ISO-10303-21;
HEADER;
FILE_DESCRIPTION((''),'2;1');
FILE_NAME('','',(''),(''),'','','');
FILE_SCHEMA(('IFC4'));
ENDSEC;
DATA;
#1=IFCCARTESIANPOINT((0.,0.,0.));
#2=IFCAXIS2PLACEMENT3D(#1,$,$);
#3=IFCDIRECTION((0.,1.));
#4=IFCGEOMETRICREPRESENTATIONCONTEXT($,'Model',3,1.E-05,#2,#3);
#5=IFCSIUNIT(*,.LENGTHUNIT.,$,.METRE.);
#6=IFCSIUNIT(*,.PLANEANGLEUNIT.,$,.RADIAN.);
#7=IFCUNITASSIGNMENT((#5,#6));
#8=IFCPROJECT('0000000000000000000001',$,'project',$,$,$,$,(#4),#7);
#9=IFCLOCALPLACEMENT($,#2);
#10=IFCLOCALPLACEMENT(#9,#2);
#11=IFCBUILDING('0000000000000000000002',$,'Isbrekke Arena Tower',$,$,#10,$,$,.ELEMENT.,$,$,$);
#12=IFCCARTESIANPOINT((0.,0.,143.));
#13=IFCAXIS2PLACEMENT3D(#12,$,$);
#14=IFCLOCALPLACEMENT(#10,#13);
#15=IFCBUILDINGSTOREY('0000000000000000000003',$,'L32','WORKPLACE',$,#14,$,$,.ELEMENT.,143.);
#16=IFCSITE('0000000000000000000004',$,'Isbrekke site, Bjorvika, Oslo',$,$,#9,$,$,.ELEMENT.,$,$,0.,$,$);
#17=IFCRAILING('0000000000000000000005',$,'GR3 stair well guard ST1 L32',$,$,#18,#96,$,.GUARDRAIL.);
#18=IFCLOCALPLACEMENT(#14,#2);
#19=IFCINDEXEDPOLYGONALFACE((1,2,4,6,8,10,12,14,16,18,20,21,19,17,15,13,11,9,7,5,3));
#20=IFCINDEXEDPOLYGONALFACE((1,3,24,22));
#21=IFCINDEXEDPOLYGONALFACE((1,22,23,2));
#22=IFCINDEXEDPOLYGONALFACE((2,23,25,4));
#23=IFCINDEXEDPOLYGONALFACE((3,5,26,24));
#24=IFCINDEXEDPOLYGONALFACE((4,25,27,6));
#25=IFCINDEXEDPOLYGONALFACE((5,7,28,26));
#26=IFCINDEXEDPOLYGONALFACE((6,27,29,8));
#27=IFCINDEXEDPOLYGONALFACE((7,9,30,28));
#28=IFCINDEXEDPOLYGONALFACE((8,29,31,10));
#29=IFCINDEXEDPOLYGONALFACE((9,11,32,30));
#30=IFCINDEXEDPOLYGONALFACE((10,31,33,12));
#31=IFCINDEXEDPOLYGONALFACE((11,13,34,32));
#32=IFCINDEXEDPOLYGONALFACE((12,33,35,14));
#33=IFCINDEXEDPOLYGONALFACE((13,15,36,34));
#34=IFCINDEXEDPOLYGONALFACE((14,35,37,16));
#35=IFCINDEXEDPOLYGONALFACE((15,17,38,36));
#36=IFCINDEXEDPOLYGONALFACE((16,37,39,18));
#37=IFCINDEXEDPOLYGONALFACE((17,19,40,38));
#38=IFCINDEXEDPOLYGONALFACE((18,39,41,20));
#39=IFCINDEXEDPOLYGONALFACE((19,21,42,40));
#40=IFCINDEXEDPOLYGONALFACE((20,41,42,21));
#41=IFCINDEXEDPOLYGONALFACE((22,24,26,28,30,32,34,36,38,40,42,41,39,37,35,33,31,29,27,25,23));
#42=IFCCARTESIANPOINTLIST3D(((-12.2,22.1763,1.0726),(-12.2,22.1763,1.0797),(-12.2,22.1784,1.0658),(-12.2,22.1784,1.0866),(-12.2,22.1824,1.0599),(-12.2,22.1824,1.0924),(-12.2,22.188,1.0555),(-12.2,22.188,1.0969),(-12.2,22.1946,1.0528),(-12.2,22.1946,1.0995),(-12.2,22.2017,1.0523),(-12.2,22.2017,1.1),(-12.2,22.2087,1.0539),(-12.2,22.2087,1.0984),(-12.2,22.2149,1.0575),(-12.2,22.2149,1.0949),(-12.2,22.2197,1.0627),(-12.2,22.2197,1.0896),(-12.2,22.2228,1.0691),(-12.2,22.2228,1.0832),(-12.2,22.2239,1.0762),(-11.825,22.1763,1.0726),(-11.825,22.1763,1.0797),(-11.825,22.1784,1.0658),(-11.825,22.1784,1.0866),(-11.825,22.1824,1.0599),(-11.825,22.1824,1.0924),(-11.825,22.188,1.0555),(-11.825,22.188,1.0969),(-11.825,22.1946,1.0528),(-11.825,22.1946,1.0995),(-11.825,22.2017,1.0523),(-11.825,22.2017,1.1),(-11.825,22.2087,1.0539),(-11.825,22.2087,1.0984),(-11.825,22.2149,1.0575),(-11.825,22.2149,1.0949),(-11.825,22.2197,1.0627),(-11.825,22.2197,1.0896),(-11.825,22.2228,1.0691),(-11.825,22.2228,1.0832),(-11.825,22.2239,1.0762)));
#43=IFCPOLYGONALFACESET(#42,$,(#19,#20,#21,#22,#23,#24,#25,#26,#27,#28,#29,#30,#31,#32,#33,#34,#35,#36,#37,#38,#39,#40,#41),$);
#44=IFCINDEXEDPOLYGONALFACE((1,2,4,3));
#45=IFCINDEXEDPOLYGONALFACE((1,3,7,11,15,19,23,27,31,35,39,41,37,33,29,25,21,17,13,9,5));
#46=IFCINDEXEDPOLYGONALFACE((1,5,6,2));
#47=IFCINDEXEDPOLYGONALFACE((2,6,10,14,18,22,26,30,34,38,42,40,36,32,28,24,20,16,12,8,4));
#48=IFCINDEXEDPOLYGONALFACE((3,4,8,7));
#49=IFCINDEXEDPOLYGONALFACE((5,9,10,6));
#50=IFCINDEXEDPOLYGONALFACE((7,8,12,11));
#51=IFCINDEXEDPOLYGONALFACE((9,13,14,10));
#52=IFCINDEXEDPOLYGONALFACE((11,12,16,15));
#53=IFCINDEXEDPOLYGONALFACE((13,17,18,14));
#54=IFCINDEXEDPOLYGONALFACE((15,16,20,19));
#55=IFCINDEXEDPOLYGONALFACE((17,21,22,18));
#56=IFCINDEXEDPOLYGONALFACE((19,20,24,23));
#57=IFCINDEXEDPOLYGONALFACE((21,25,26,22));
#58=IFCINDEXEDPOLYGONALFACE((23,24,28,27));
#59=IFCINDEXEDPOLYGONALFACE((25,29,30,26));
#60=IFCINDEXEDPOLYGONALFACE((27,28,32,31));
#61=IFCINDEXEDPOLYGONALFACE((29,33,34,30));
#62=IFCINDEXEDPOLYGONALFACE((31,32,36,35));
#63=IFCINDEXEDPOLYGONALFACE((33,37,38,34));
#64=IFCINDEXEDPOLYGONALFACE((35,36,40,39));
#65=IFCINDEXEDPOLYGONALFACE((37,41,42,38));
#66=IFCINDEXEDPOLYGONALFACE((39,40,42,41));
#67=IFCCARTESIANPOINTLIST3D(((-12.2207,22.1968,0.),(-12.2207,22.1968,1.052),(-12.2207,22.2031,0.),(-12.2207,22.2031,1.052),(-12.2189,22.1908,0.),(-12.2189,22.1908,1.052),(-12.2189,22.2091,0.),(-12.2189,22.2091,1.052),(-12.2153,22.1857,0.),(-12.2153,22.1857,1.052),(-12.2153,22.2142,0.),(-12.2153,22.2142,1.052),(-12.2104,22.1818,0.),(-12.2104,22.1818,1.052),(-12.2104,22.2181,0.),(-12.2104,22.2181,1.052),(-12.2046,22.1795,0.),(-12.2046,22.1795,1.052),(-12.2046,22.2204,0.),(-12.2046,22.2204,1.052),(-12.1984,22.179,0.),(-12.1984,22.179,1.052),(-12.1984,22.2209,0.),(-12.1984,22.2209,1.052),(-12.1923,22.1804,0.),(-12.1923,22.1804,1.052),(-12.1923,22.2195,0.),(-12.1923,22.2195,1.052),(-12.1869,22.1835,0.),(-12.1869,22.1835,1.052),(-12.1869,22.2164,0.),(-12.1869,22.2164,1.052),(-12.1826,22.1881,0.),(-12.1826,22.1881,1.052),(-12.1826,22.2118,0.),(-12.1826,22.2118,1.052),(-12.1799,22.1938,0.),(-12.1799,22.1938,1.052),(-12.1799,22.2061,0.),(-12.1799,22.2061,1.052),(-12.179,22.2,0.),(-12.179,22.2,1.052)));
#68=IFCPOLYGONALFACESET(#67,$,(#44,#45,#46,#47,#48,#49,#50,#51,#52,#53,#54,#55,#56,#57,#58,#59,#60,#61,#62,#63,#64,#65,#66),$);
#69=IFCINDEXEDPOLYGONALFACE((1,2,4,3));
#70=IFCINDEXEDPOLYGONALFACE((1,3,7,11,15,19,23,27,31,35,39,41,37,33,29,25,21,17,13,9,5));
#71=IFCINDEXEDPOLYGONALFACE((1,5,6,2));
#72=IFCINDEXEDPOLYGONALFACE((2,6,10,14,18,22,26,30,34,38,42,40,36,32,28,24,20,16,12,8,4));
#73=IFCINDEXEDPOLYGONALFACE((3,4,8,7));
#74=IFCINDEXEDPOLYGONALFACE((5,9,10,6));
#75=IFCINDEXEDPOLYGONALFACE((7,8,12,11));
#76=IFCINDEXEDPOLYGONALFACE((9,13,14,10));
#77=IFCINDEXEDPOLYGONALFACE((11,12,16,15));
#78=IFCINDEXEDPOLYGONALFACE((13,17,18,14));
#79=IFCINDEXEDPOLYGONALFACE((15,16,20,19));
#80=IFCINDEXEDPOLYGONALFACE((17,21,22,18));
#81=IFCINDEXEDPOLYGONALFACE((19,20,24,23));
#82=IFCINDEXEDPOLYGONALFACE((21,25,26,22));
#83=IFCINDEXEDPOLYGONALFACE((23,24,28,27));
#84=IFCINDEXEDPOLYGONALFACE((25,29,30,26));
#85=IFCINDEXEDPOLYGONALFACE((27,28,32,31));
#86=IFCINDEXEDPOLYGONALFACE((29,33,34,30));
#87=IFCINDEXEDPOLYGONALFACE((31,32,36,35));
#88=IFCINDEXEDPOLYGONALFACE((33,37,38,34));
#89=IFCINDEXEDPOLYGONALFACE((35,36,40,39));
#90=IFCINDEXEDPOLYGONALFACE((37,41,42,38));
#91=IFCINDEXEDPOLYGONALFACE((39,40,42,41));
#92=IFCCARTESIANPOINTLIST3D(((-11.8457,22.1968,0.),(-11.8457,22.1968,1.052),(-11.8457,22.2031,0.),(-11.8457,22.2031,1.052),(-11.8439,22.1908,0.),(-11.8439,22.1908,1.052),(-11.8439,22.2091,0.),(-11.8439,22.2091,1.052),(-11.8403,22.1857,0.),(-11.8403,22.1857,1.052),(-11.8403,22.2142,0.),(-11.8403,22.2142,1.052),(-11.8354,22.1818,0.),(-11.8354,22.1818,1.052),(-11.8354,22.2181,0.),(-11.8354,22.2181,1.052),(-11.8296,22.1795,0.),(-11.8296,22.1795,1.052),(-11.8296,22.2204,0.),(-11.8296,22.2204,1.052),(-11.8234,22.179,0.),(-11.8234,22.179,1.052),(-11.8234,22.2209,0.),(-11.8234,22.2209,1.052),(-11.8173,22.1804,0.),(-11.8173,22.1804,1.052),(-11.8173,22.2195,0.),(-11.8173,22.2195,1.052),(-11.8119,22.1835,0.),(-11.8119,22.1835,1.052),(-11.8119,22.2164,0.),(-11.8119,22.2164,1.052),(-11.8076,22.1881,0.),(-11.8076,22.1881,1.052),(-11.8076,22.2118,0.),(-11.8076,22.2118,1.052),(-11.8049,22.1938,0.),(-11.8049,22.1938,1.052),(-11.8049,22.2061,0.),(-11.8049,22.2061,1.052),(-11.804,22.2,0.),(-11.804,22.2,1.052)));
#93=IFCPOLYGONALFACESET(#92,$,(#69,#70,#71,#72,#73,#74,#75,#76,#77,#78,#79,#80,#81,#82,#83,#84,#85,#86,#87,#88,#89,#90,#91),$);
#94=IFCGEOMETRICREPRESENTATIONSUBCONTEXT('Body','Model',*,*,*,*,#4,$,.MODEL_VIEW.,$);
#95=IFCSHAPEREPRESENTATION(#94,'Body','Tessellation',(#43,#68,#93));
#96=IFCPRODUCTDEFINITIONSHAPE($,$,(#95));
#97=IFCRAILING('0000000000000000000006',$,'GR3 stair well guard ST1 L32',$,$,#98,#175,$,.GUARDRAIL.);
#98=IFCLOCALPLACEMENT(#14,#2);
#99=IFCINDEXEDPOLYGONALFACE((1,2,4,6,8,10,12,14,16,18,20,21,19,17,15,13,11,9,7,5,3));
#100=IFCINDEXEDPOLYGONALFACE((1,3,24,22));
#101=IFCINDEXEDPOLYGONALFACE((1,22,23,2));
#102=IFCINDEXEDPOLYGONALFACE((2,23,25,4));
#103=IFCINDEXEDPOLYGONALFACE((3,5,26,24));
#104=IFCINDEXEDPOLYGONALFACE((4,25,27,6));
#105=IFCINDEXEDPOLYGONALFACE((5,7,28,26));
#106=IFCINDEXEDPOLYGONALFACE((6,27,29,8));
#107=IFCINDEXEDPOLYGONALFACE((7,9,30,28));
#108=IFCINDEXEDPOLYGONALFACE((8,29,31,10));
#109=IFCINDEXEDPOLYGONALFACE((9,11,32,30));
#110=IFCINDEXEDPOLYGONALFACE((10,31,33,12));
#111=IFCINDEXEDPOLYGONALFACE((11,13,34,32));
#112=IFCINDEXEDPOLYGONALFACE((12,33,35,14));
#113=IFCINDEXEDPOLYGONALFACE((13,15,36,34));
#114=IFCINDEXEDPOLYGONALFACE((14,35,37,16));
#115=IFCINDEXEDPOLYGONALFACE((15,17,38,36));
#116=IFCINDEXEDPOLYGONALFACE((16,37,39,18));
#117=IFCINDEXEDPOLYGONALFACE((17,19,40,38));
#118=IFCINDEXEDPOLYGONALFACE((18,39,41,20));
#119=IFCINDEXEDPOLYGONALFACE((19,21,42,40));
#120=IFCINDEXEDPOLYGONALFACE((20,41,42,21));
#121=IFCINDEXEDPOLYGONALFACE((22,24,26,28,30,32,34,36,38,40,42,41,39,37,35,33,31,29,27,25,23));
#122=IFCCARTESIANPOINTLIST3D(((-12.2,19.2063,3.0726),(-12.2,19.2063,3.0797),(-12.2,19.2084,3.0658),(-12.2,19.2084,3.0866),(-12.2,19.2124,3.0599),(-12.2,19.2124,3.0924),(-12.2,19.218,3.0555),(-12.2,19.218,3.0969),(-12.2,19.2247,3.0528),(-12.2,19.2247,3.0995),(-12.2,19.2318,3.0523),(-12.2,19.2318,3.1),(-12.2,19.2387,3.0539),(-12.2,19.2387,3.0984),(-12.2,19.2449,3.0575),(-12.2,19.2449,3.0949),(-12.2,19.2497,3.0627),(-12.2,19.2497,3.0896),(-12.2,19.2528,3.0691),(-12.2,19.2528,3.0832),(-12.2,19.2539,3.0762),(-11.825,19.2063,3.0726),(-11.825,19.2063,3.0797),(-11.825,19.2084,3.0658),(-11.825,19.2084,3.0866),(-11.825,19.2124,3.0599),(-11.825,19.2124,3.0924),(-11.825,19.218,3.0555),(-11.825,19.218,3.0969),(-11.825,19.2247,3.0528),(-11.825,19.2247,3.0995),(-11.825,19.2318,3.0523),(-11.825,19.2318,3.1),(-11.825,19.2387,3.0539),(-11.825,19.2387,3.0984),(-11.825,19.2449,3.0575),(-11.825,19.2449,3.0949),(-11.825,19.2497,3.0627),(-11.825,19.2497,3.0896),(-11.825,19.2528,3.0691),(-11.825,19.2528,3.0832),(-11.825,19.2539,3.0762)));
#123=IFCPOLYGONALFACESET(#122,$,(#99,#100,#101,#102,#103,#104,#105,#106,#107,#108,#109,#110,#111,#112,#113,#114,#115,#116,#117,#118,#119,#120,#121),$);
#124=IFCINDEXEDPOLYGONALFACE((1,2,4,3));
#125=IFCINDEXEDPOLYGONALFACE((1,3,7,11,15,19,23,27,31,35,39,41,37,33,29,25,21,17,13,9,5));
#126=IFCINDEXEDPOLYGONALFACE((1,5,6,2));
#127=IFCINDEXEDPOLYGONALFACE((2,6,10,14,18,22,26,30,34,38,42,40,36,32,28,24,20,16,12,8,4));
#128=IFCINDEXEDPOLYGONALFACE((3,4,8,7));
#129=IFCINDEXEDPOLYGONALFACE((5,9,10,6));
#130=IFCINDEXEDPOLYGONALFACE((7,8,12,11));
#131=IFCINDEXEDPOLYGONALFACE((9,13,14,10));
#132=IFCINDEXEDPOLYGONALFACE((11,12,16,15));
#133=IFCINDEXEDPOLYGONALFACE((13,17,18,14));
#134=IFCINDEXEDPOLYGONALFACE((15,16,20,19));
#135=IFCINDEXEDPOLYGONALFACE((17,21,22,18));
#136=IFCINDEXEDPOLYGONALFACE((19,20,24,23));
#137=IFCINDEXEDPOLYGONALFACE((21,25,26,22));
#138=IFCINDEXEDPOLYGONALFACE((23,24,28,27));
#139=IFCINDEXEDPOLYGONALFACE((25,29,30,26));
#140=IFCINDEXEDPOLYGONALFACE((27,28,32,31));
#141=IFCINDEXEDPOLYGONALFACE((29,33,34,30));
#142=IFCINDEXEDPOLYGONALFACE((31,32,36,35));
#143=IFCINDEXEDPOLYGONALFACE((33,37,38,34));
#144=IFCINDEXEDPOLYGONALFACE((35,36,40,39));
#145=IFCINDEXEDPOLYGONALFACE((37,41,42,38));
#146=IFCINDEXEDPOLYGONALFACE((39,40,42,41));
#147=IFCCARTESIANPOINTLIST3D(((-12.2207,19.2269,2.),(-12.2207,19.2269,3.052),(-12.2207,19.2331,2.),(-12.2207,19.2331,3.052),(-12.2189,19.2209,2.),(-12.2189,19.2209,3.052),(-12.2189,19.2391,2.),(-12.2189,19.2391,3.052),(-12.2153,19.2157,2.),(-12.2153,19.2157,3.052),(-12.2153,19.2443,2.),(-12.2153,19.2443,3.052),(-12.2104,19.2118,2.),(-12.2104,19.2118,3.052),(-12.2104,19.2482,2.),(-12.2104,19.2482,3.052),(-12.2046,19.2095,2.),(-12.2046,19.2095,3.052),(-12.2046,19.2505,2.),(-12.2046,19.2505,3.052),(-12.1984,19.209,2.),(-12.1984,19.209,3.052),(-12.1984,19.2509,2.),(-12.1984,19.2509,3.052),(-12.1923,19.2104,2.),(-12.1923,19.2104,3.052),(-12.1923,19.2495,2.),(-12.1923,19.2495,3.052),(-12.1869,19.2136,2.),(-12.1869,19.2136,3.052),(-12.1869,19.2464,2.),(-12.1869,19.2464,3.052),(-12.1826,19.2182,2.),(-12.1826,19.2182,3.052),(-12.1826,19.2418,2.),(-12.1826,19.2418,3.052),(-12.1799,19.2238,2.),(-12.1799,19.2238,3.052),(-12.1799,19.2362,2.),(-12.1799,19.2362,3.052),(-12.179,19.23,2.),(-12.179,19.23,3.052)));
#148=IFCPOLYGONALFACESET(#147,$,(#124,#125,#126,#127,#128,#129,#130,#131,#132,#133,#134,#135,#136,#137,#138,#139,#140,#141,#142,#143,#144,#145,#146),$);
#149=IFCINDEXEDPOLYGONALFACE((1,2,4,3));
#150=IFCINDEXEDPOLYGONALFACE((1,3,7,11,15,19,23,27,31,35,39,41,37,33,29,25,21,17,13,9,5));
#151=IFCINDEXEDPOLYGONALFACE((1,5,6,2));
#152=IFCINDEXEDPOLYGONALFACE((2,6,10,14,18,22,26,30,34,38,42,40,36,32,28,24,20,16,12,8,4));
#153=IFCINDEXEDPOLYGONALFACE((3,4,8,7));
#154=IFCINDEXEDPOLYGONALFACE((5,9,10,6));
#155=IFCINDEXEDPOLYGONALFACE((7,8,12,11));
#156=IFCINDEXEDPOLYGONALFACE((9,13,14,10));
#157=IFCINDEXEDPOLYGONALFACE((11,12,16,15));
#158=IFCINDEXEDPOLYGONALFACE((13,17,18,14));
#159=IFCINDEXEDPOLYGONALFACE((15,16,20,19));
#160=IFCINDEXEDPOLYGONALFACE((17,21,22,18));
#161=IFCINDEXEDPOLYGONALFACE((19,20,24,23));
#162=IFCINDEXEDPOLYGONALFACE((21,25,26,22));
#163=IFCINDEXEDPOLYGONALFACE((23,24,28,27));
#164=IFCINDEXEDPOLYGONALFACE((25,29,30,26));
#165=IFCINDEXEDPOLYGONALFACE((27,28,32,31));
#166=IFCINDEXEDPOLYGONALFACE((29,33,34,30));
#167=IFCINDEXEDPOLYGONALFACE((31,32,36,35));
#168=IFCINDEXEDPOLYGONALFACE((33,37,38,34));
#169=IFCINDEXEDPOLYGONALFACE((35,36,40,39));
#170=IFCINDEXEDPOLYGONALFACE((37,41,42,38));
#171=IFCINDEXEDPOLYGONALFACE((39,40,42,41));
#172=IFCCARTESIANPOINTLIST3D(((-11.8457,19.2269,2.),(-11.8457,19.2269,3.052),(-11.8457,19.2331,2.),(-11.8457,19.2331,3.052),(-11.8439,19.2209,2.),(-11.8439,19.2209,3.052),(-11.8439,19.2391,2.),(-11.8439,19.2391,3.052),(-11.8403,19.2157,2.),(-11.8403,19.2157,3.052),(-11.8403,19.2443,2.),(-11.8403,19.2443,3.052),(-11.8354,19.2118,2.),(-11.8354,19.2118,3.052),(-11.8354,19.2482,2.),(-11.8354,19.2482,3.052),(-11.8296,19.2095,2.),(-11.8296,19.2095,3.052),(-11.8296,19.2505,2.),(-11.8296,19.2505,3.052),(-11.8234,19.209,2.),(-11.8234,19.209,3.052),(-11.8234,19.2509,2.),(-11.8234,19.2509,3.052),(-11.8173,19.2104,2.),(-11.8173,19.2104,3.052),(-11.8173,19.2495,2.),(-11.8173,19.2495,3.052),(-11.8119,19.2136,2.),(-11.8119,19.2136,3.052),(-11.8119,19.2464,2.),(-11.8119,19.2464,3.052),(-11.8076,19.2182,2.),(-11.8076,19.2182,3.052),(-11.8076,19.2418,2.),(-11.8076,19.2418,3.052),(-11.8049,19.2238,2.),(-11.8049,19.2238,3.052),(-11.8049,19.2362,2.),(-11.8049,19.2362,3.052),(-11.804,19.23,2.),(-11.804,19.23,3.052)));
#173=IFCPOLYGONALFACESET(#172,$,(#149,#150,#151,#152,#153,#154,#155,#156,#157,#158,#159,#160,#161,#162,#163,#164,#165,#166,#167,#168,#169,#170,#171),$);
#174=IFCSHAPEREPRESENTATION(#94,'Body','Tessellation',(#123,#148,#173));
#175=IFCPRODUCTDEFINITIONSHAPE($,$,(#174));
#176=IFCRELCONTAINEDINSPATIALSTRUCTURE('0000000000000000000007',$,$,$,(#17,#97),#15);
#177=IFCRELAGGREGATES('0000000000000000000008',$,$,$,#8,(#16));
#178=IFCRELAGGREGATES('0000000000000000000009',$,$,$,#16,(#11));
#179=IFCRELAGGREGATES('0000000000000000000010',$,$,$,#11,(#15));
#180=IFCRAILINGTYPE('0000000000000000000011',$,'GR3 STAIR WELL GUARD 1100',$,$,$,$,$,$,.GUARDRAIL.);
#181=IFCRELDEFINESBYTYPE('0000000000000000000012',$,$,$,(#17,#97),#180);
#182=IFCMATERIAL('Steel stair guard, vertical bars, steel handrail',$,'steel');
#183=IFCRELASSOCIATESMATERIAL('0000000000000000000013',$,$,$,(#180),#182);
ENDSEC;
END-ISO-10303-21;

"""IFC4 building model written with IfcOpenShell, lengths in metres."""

from ifc_helpers import new_model, si_unit, direction, frame, origin, origin_2d, place, context, subcontext, project, spatial, circle, extrude, material, type_object, element, save


model = new_model("IFC4")

# Units and contexts
model_context = context("Model", 3, precision=1e-05, world=origin(), true_north=direction((0.0, 1.0)))
body_context = subcontext(model_context, "Body", "Model", "MODEL_VIEW")
ifc_project = project(units=[si_unit("LENGTHUNIT", "METRE"), si_unit("PLANEANGLEUNIT", "RADIAN")], contexts=[model_context])

# Site, building, storey
site_placement = place(None, origin())
site = spatial("IfcSite", under=ifc_project, at=site_placement, Name="Isbrekke site, Bjorvika, Oslo", CompositionType="ELEMENT", RefElevation=0.0)
building_placement = place(site_placement, origin())
building = spatial("IfcBuilding", under=site, at=building_placement, Name="Isbrekke Arena Tower", CompositionType="ELEMENT")
storey_placement = place(building_placement, frame((0.0, 0.0, 143.0)))
storey = spatial("IfcBuildingStorey", under=building, at=storey_placement, Name="L32", Description="WORKPLACE", CompositionType="ELEMENT", Elevation=143.0)

# Railings
ifc_material_1 = material(Name="Steel stair guard, vertical bars, steel handrail", Category="steel")
railing_type = type_object("IfcRailingType", Name="GR3 STAIR WELL GUARD 1100", PredefinedType="GUARDRAIL", material=ifc_material_1)
for number, where, name in (
    (1, (-12.2, 22.2, 0.0), "GR3 stair well guard ST1 L32"),
    (2, (-12.2, 19.23, 2.0), "GR3 stair well guard ST1 L32"),
):
    element("IfcRailing", number, at=place(storey_placement, frame(where)), inside=storey, type_object=railing_type, Name=name, PredefinedType="GUARDRAIL", context=body_context, shape_type="SweptSolid", body=[
        extrude(circle(Radius=0.0239, at=origin_2d()), frame((0.0, 0.0, 1.0762), z_axis=(1.0, 0.0, 0.0), x_axis=(0.0, 1.0, 0.0)), (0.0, 0.0, 1.0), 0.375),
        extrude(circle(Radius=0.021, at=origin_2d()), origin(), (0.0, 0.0, 1.0), 1.052),
        extrude(circle(Radius=0.021, at=origin_2d()), frame((0.375, 0.0, 0.0)), (0.0, 0.0, 1.0), 1.052),
    ])

save(model, "model.ifc")
